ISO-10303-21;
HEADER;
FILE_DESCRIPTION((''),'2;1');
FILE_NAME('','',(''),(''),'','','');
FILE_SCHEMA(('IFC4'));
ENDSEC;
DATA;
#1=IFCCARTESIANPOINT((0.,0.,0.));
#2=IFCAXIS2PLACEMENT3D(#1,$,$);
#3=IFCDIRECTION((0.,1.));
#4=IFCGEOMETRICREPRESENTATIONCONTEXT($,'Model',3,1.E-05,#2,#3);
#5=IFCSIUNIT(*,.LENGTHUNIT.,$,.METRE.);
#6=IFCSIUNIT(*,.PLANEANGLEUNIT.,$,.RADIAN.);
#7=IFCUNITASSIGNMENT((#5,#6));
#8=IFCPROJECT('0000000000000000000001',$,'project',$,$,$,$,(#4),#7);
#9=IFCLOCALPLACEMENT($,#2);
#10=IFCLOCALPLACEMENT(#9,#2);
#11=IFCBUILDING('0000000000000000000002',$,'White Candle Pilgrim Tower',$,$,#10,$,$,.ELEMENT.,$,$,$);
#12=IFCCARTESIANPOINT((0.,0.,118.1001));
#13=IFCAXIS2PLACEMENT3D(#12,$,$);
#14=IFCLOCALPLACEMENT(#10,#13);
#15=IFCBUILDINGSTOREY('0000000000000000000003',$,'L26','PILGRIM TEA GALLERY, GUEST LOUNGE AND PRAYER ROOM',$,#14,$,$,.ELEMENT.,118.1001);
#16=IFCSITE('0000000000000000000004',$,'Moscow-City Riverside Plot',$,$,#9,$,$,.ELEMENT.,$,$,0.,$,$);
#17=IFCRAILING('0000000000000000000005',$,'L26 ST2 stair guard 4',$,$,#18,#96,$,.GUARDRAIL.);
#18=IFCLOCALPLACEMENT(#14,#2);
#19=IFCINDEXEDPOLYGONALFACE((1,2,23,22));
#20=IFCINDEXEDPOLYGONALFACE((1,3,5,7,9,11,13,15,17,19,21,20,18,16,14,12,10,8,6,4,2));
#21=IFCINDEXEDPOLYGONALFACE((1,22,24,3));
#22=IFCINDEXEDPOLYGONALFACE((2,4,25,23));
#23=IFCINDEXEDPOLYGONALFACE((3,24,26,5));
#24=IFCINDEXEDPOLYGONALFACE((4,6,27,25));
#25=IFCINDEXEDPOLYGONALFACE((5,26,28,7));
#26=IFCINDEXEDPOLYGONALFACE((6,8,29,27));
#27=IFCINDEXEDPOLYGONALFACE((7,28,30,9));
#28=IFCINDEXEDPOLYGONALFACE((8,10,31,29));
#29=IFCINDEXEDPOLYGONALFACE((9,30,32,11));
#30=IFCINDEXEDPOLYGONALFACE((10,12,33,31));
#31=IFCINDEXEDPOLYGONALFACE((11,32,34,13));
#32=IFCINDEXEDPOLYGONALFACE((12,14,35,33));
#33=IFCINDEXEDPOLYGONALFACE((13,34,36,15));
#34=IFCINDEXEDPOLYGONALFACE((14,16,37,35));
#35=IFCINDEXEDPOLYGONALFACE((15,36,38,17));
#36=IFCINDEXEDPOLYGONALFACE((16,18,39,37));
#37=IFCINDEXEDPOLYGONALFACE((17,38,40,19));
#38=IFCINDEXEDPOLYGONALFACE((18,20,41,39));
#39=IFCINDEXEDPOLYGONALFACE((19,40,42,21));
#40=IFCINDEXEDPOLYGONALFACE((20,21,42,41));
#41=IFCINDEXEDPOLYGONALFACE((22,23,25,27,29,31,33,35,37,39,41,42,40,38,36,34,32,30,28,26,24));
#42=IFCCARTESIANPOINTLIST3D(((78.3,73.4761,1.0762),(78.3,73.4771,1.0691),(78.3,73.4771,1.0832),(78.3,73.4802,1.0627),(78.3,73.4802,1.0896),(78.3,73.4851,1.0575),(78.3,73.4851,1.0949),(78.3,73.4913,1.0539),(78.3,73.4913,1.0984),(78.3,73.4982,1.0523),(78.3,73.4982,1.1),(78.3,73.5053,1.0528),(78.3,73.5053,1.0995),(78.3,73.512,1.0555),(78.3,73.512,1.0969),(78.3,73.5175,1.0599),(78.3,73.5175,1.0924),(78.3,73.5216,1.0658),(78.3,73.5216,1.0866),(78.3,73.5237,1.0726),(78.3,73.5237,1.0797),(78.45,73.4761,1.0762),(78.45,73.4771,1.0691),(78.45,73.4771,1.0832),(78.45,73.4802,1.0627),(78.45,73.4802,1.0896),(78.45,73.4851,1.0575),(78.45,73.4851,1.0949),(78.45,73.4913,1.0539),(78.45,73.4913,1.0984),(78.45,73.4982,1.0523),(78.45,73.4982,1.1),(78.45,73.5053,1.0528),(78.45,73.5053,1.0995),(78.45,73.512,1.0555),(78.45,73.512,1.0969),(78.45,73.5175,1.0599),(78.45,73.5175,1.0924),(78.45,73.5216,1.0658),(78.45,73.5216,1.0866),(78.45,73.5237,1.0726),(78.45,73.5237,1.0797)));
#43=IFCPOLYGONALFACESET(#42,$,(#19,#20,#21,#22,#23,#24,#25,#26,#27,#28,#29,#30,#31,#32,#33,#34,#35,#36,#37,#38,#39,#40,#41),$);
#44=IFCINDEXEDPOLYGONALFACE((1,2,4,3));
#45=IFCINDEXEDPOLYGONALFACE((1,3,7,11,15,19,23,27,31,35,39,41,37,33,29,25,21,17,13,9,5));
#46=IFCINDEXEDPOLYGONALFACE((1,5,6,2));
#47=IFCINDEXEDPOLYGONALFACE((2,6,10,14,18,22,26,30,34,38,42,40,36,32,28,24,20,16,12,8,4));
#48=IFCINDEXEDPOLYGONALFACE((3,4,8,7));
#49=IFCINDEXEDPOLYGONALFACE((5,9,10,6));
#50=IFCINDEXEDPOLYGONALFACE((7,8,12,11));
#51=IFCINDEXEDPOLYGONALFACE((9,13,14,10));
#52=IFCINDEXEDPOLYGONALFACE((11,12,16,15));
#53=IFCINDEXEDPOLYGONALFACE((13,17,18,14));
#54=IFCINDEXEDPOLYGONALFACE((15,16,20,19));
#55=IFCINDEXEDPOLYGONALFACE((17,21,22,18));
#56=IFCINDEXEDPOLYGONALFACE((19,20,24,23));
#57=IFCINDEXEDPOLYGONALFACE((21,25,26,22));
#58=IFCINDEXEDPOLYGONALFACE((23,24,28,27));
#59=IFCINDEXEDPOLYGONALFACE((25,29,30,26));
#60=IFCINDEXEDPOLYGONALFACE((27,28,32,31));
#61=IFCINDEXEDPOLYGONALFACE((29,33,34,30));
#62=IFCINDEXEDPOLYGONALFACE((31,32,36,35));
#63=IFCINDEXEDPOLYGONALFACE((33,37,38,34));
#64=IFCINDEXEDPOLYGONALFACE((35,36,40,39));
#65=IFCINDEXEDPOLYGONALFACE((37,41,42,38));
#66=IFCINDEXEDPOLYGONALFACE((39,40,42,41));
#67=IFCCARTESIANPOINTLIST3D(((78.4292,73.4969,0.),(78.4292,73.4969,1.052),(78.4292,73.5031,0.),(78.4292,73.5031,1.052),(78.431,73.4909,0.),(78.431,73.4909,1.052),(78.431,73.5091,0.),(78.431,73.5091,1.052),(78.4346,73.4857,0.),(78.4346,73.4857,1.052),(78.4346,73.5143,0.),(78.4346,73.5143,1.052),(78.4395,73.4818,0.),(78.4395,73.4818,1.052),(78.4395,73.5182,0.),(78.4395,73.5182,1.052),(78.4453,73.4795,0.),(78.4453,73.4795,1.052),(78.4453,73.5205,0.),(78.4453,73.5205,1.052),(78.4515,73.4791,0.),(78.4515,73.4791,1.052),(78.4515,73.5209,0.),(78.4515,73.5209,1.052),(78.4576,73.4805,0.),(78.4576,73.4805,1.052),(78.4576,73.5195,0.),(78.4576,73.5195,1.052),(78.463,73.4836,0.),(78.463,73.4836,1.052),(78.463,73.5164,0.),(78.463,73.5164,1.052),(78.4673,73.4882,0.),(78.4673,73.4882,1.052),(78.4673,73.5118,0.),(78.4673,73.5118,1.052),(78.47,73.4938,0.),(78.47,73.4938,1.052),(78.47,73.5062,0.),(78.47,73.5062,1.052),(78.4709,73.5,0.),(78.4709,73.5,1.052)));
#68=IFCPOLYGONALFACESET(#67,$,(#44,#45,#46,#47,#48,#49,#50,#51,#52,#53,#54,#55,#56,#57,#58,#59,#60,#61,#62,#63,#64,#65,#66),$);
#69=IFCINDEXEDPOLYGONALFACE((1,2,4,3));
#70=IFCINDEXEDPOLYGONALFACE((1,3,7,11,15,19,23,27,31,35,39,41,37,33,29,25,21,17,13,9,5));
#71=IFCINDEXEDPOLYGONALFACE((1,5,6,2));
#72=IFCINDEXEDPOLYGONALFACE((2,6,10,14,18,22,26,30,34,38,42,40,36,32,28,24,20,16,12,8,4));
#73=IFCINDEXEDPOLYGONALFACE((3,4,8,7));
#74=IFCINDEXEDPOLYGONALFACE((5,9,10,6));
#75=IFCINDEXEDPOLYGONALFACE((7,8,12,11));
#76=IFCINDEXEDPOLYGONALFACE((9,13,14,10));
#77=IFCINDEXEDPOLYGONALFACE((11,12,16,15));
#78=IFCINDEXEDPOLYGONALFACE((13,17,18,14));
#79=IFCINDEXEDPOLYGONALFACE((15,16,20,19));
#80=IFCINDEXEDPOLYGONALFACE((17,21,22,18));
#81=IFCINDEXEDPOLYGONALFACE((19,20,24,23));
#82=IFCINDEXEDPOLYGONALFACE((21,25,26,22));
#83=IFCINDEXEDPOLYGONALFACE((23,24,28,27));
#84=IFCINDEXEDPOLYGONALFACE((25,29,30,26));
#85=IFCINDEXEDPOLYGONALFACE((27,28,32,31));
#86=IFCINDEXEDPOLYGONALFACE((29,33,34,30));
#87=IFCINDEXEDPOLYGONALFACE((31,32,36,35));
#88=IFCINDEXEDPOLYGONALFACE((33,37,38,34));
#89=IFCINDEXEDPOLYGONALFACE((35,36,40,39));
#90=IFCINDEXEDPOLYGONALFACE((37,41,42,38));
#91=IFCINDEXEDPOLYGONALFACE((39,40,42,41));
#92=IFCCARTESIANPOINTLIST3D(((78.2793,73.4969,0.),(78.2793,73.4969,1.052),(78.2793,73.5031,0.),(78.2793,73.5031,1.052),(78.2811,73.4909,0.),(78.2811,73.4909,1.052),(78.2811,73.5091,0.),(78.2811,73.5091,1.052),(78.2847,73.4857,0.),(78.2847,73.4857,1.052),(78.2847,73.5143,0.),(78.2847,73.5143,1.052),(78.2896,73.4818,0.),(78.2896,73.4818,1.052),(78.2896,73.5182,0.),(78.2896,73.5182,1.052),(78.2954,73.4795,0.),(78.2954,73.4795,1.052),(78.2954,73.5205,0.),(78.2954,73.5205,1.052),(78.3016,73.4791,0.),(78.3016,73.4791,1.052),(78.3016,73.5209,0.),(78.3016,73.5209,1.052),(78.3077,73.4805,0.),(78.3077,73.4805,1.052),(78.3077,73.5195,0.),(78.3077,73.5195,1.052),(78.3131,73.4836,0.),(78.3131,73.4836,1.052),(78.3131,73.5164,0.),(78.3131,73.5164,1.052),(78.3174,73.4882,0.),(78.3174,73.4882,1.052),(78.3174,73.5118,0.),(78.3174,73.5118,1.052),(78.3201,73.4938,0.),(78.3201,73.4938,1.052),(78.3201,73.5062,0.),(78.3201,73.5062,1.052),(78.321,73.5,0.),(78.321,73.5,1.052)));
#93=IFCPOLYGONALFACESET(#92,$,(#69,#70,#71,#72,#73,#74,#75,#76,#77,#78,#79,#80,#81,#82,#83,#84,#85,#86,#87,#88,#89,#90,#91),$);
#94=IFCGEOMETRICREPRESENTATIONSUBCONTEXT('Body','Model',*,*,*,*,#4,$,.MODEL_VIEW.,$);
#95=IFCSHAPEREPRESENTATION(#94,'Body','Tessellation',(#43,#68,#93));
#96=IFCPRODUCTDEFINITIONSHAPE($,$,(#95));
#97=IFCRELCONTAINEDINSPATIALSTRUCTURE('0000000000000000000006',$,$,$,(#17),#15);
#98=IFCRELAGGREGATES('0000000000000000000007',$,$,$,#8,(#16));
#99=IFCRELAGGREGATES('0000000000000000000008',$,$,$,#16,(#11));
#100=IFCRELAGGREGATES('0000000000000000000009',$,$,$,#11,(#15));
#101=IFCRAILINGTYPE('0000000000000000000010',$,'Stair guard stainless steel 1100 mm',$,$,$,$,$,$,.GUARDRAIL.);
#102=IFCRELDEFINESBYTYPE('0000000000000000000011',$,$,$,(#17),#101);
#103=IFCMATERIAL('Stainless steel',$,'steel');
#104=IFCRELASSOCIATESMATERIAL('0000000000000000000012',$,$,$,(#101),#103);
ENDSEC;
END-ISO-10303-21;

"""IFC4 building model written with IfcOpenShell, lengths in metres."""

from ifc_helpers import new_model, si_unit, direction, frame, origin, origin_2d, place, context, subcontext, project, spatial, circle, extrude, material, type_object, element, save


model = new_model("IFC4")

# Units and contexts
model_context = context("Model", 3, precision=1e-05, world=origin(), true_north=direction((0.0, 1.0)))
body_context = subcontext(model_context, "Body", "Model", "MODEL_VIEW")
ifc_project = project(units=[si_unit("LENGTHUNIT", "METRE"), si_unit("PLANEANGLEUNIT", "RADIAN")], contexts=[model_context])

# Site, building, storey
site_placement = place(None, origin())
site = spatial("IfcSite", under=ifc_project, at=site_placement, Name="Moscow-City Riverside Plot", CompositionType="ELEMENT", RefElevation=0.0)
building_placement = place(site_placement, origin())
building = spatial("IfcBuilding", under=site, at=building_placement, Name="White Candle Pilgrim Tower", CompositionType="ELEMENT")
storey_placement = place(building_placement, frame((0.0, 0.0, 118.1001)))
storey = spatial("IfcBuildingStorey", under=building, at=storey_placement, Name="L26", Description="PILGRIM TEA GALLERY, GUEST LOUNGE AND PRAYER ROOM", CompositionType="ELEMENT", Elevation=118.1001)

# Railing
ifc_material_1 = material(Name="Stainless steel", Category="steel")
railing_type_1 = type_object("IfcRailingType", Name="Stair guard stainless steel 1100 mm", PredefinedType="GUARDRAIL", material=ifc_material_1)
railing_1_placement = place(storey_placement, frame((78.45, 73.5, 0.0)))
element("IfcRailing", 1, at=railing_1_placement, inside=storey, type_object=railing_type_1, Name="L26 ST2 stair guard 4", PredefinedType="GUARDRAIL", context=body_context, shape_type="SweptSolid", body=[
    extrude(circle(Radius=0.0239, at=origin_2d()), frame((0.0, 0.0, 1.0762), z_axis=(-1.0, 0.0, 0.0), x_axis=(0.0, -1.0, 0.0)), (0.0, 0.0, 1.0), 0.1499),
    extrude(circle(Radius=0.021, at=origin_2d()), origin(), (0.0, 0.0, 1.0), 1.052),
    extrude(circle(Radius=0.021, at=origin_2d()), frame((-0.1499, 0.0, 0.0)), (0.0, 0.0, 1.0), 1.052),
])

save(model, "model.ifc")
